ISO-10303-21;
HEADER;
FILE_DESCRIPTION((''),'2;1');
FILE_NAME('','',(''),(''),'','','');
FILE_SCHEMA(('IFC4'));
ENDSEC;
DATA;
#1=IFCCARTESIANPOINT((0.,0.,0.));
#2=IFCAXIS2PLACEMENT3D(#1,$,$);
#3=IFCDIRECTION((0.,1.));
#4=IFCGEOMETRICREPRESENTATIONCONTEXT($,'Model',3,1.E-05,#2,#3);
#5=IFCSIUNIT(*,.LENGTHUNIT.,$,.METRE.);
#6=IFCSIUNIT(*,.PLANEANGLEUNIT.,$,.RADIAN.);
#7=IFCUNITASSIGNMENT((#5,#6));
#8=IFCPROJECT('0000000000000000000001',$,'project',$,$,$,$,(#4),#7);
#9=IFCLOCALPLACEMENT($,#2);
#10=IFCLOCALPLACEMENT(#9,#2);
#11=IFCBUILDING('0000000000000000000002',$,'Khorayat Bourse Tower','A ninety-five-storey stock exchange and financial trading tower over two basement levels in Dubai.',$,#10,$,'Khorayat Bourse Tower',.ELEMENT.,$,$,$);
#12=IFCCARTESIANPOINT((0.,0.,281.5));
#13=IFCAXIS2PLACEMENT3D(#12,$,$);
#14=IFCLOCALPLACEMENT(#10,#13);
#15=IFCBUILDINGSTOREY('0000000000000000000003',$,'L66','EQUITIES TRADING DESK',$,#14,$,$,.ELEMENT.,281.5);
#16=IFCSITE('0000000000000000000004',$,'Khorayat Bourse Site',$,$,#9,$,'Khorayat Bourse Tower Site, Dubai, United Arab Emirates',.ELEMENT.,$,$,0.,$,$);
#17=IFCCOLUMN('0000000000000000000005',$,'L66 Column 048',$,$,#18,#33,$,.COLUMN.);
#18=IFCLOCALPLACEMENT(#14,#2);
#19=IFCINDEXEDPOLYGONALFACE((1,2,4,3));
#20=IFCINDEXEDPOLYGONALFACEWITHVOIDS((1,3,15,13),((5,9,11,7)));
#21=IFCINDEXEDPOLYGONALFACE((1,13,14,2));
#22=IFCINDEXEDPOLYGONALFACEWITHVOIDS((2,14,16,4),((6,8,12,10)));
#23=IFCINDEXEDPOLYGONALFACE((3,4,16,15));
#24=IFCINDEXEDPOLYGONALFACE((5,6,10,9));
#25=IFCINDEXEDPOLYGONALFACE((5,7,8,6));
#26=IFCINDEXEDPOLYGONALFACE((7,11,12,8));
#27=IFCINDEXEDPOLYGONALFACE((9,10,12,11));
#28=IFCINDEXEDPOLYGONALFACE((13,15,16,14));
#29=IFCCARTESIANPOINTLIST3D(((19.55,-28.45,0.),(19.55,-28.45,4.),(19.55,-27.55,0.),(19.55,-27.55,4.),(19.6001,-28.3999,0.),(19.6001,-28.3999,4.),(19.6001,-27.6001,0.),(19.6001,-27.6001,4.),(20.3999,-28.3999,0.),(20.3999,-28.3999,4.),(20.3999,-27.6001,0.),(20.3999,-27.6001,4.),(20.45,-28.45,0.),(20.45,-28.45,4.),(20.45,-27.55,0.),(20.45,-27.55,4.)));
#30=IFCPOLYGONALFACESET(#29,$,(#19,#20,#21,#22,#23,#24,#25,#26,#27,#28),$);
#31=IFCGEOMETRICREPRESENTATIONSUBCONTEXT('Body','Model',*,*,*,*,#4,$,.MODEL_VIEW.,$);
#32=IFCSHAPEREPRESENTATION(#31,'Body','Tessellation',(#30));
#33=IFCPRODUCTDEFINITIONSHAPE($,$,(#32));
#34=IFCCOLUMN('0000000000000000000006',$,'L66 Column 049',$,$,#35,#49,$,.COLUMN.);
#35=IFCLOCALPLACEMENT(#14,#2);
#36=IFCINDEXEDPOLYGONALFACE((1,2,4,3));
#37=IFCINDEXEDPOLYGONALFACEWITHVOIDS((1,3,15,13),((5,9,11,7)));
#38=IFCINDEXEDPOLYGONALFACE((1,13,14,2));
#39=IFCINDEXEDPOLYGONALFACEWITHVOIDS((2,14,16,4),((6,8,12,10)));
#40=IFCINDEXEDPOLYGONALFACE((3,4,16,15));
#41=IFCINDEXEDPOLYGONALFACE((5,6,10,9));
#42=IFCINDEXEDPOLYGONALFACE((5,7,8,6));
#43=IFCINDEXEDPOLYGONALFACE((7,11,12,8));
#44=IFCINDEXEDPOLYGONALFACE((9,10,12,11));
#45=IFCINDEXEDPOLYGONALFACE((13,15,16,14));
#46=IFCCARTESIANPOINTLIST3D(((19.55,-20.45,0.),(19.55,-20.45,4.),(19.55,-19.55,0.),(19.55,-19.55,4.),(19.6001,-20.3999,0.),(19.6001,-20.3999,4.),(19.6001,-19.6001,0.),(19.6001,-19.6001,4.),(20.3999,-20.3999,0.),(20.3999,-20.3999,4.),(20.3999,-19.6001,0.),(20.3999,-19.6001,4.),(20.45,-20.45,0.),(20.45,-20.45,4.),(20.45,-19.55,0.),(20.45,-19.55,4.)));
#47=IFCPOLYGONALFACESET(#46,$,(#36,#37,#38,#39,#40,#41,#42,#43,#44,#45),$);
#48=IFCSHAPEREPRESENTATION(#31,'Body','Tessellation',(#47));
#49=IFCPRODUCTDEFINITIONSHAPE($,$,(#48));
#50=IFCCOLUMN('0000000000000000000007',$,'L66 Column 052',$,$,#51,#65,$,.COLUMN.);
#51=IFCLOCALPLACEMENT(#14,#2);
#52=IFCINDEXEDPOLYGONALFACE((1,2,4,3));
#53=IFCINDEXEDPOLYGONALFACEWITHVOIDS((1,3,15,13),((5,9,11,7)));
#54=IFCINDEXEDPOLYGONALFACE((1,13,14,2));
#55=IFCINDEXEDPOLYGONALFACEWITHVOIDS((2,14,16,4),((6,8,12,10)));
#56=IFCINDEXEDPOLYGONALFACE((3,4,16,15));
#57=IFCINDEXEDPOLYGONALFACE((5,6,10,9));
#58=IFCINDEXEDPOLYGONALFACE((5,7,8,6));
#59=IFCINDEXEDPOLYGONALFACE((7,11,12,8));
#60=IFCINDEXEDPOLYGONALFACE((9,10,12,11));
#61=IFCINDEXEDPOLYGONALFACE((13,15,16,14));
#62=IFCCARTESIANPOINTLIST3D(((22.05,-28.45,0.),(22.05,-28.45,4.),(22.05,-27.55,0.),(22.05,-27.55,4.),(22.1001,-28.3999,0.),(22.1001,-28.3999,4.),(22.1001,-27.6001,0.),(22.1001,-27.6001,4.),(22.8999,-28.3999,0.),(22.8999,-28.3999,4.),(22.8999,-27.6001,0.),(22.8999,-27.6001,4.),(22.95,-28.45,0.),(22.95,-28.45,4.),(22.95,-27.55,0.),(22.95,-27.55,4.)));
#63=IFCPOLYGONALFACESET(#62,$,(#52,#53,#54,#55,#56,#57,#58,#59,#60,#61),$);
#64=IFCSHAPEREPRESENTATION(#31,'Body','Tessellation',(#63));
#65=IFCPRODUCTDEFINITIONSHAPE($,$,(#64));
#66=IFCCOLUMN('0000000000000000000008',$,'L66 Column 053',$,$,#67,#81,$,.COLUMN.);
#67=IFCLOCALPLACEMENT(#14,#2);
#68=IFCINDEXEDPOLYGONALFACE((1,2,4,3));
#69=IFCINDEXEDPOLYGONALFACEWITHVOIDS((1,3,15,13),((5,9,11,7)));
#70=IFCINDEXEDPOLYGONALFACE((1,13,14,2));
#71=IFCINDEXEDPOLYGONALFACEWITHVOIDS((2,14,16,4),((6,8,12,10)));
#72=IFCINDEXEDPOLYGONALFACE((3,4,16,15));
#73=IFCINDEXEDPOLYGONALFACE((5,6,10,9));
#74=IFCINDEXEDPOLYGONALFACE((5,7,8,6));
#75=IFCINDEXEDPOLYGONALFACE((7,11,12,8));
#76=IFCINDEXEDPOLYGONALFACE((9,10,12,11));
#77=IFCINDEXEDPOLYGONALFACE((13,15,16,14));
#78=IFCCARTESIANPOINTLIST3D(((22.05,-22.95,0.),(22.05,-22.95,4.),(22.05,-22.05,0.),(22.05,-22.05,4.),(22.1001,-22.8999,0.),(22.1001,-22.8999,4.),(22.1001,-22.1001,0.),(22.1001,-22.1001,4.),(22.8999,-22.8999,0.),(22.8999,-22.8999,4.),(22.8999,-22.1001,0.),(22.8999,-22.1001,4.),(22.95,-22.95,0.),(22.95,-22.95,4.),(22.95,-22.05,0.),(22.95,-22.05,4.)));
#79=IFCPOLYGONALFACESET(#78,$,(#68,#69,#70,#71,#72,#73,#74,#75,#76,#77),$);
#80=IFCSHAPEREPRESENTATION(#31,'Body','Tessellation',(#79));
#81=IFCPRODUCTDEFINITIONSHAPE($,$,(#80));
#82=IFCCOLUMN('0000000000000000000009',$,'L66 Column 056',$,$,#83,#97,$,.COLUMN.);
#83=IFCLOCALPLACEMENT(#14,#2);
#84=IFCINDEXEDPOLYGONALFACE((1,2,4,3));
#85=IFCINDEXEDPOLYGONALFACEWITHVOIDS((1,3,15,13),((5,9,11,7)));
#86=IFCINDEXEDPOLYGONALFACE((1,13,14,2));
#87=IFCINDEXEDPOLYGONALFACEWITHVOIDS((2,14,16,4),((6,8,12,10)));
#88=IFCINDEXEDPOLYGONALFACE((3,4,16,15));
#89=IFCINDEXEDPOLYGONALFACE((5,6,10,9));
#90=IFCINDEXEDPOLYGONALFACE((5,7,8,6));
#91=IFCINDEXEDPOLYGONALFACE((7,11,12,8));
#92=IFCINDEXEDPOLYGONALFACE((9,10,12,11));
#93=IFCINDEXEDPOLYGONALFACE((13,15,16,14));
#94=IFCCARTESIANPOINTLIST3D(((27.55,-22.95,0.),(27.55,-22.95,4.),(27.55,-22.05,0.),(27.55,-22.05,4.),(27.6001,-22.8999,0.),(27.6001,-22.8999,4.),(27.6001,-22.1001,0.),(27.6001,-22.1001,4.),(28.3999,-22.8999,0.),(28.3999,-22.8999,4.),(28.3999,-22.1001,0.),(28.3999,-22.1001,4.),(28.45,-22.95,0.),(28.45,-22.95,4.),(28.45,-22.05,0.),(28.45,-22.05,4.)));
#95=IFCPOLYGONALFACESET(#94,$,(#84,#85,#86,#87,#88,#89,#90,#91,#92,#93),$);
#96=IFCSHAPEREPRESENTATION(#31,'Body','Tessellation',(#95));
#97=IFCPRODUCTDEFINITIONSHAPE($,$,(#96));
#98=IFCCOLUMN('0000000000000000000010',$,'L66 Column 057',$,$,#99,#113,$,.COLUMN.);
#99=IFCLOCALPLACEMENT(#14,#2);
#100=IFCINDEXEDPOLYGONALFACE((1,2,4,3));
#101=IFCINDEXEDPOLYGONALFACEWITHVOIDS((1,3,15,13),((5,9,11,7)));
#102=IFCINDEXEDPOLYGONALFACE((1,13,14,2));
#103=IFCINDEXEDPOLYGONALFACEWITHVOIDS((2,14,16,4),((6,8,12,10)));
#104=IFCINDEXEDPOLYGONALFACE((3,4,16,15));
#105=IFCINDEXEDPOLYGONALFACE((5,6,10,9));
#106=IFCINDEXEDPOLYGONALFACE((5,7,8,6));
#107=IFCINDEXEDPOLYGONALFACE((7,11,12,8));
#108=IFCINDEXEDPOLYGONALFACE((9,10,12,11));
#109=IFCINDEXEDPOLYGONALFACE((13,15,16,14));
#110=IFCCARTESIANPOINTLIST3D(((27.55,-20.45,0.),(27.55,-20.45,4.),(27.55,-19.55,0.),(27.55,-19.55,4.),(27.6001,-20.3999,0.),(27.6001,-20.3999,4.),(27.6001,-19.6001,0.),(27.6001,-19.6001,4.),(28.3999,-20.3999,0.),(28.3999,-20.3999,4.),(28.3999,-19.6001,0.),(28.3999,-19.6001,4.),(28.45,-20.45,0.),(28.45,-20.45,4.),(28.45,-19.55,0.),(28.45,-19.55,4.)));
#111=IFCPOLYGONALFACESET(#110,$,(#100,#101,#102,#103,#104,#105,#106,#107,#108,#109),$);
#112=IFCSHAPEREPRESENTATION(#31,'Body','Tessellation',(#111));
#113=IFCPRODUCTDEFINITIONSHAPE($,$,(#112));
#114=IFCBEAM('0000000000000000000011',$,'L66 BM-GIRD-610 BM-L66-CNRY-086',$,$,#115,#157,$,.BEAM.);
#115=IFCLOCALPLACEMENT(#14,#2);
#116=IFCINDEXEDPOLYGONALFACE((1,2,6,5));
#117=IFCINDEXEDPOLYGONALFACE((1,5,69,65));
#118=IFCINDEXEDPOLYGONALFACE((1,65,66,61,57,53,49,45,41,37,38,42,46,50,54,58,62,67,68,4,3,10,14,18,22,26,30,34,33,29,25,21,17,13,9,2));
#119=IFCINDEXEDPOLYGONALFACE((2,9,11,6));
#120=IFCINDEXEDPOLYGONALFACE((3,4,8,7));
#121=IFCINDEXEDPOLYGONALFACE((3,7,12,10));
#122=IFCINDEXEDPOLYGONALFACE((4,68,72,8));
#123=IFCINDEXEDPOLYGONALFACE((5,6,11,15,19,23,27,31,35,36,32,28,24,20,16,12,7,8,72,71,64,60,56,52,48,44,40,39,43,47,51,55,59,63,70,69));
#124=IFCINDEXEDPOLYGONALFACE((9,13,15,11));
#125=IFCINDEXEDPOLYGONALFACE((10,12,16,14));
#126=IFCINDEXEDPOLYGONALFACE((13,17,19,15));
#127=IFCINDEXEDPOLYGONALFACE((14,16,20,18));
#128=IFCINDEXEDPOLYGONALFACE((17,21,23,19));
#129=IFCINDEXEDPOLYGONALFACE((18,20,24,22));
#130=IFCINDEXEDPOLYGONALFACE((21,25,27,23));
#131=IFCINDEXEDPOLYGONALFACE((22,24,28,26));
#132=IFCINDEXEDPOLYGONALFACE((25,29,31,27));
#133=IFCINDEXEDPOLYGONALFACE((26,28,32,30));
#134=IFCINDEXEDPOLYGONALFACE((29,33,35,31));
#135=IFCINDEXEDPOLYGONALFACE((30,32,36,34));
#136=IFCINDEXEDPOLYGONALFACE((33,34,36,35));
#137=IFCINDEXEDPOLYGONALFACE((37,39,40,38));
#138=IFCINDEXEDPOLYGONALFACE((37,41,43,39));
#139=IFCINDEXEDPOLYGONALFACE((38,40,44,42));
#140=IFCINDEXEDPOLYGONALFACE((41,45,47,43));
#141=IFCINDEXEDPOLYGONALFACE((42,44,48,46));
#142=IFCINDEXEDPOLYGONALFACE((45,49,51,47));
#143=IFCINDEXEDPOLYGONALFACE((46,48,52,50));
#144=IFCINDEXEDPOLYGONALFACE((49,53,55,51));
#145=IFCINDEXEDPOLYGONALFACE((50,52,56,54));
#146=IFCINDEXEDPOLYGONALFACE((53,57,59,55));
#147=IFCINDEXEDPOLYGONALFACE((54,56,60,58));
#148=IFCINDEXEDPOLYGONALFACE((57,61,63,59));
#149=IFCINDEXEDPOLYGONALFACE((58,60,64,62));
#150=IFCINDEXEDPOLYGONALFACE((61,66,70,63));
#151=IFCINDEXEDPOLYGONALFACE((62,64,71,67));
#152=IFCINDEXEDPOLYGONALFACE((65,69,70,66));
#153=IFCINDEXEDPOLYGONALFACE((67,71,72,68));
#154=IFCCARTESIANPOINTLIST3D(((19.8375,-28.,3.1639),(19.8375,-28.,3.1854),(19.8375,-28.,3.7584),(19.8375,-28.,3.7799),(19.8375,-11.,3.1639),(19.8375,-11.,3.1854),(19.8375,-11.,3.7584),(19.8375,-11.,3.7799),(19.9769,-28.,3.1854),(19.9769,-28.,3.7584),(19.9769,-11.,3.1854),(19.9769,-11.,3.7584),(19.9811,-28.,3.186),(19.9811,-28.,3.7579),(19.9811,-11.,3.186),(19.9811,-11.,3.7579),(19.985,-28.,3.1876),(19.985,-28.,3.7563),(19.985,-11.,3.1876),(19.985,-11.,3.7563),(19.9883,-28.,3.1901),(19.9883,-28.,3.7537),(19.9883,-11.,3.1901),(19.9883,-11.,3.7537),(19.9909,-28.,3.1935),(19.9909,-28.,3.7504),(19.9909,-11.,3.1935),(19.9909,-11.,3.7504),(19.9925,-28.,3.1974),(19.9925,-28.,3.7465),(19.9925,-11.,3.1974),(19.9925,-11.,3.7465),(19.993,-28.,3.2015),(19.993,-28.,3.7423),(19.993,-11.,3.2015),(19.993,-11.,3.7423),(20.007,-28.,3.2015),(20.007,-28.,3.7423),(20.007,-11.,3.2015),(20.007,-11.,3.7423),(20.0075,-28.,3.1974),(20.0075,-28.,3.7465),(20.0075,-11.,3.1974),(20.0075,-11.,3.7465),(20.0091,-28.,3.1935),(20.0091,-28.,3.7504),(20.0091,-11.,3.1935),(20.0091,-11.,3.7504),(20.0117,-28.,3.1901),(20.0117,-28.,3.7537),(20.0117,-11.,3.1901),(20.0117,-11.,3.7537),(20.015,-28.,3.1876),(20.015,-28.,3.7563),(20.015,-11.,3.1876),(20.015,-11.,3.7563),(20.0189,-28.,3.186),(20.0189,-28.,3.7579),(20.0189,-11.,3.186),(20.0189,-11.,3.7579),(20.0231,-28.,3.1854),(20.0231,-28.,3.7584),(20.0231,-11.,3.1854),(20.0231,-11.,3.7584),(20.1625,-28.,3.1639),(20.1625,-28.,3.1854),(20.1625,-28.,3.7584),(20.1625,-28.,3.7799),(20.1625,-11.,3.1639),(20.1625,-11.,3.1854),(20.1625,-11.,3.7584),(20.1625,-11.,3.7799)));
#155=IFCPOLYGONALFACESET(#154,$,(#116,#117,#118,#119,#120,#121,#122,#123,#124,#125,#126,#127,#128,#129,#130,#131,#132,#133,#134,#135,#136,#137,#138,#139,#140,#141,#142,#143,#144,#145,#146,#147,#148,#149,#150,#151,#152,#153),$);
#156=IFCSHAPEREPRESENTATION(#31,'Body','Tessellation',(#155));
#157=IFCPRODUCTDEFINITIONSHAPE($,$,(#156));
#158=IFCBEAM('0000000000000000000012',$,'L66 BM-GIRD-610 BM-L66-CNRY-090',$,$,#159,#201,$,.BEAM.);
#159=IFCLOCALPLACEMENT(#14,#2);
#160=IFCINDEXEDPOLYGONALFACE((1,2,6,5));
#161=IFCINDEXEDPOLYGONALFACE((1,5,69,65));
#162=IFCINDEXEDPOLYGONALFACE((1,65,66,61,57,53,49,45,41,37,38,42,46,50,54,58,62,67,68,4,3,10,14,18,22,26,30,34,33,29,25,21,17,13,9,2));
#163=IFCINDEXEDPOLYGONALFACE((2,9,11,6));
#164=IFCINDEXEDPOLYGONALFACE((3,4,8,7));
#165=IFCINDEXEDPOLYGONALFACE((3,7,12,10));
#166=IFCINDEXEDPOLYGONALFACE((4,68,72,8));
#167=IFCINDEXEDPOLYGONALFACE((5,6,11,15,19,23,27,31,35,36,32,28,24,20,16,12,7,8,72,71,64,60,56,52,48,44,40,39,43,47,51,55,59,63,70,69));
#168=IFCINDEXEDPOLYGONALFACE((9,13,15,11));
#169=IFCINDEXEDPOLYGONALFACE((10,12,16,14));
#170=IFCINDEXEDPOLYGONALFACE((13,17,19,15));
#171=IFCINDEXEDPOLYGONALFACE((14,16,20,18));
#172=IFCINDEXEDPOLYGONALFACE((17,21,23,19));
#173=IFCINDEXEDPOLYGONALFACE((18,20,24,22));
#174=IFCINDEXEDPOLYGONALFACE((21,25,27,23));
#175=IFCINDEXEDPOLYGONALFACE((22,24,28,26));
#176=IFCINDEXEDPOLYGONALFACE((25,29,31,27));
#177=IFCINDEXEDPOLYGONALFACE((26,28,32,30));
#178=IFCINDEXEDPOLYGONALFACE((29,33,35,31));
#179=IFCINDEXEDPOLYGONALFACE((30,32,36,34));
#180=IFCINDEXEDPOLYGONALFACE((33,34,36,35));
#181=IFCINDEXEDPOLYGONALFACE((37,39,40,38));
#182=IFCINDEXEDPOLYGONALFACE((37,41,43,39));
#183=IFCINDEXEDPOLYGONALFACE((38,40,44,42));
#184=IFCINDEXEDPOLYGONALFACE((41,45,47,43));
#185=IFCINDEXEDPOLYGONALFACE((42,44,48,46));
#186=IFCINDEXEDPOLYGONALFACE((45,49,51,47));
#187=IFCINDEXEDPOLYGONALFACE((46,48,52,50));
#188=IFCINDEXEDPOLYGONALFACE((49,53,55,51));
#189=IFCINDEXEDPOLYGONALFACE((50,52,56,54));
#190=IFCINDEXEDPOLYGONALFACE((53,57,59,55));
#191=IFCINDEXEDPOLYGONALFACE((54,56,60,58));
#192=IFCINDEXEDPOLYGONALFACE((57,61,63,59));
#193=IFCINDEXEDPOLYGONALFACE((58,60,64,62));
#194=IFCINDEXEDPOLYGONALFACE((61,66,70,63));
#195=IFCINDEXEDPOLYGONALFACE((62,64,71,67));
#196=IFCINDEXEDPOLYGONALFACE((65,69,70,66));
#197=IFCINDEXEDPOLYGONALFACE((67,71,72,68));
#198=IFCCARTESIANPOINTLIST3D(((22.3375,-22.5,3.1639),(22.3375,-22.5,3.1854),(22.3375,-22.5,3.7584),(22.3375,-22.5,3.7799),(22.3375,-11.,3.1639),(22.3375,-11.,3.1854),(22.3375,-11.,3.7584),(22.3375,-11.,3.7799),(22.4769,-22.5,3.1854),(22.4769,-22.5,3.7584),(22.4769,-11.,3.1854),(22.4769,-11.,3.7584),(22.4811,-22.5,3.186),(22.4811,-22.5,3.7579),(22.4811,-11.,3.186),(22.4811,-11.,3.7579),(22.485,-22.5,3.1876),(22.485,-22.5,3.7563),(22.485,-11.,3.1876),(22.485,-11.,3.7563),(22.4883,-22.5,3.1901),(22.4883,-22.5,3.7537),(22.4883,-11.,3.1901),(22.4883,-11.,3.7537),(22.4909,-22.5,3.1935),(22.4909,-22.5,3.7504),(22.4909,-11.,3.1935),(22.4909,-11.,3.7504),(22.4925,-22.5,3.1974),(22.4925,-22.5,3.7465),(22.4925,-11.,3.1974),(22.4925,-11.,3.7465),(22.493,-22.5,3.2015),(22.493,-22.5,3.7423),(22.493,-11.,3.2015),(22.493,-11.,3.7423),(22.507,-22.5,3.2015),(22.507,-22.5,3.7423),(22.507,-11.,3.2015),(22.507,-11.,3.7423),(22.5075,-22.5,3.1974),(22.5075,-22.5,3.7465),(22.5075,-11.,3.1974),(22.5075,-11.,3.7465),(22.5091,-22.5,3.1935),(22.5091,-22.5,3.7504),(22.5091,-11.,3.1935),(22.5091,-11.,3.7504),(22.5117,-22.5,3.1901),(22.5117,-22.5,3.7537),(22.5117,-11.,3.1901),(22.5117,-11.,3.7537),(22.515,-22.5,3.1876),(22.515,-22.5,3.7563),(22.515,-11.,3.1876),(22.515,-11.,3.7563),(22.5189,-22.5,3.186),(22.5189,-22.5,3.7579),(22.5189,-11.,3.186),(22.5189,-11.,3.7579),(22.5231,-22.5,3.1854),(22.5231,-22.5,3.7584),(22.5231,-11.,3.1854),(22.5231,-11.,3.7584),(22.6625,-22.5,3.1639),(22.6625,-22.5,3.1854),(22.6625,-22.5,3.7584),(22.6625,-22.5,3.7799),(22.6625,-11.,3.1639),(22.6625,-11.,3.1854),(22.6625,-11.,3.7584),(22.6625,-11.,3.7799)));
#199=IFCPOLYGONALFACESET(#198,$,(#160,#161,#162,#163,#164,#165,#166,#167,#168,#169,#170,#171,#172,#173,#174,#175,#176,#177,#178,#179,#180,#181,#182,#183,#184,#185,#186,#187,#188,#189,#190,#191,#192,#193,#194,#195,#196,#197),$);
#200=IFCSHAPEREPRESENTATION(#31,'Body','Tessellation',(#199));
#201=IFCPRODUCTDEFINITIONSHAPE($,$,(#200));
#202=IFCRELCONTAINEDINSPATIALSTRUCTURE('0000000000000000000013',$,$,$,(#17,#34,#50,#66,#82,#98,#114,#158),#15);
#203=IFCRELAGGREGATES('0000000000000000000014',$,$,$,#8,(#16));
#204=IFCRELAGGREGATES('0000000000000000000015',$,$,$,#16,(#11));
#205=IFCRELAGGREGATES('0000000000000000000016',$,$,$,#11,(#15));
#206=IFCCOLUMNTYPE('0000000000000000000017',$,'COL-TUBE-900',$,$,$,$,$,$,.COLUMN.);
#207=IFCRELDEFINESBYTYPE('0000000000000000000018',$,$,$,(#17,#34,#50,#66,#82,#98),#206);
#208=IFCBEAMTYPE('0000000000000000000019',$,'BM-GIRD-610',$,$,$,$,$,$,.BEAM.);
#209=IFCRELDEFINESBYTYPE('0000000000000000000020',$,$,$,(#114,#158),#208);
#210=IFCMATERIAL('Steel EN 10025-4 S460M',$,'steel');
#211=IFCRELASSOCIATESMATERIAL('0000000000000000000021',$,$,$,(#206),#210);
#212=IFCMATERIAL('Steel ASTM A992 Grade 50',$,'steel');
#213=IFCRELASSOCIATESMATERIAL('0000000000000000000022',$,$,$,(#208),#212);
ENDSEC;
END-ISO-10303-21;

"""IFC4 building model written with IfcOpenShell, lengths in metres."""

from ifc_helpers import new_model, si_unit, direction, frame, origin, origin_2d, place, context, subcontext, project, spatial, hollow_rectangle, i_section, extrude, source, transform, mapped, material, material_profile, profile_set, type_object, element, save


model = new_model("IFC4")

# Units and contexts
model_context = context("Model", 3, precision=1e-05, world=origin(), true_north=direction((0.0, 1.0)))
body_context = subcontext(model_context, "Body", "Model", "MODEL_VIEW")
ifc_project = project(units=[si_unit("LENGTHUNIT", "METRE"), si_unit("PLANEANGLEUNIT", "RADIAN")], contexts=[model_context])

# Site, building, storey
site_placement = place(None, origin())
site = spatial("IfcSite", under=ifc_project, at=site_placement, Name="Khorayat Bourse Site", LongName="Khorayat Bourse Tower Site, Dubai, United Arab Emirates", CompositionType="ELEMENT", RefElevation=0.0)
building_placement = place(site_placement, origin())
building = spatial("IfcBuilding", under=site, at=building_placement, Name="Khorayat Bourse Tower", Description="A ninety-five-storey stock exchange and financial trading tower over two basement levels in Dubai.", LongName="Khorayat Bourse Tower", CompositionType="ELEMENT")
storey_placement = place(building_placement, frame((0.0, 0.0, 281.5)))
storey = spatial("IfcBuildingStorey", under=building, at=storey_placement, Name="L66", Description="EQUITIES TRADING DESK", CompositionType="ELEMENT", Elevation=281.5)

# Columns
ifc_material_1 = material(Name="Steel EN 10025-4 S460M", Category="steel")
ifc_material_profile_1 = material_profile(ifc_material_1, hollow_rectangle(XDim=0.8999, YDim=0.8999, WallThickness=0.05, at=origin_2d()), Name="BOX 900x900x50")
ifc_profile_set_1 = profile_set([ifc_material_profile_1], Name="Steel EN 10025-4 S460M")
column_type = type_object("IfcColumnType", Name="COL-TUBE-900", PredefinedType="COLUMN", material=ifc_profile_set_1)
shared_shape_1 = source(origin(), body_context, "Body", "SweptSolid", [
    extrude(hollow_rectangle(XDim=0.8999, YDim=0.8999, WallThickness=0.05, at=origin_2d()), origin(), (0.0, 0.0, 1.0), 4.0),
])
for number, where, z_axis, x_axis, name in (
    (1, (20.0, -28.0, 0.0), (0.0, 0.0, 1.0), (1.0, 0.0, 0.0), "L66 Column 048"),
    (2, (20.0, -20.0, 0.0), (0.0, 0.0, 1.0), (1.0, 0.0, 0.0), "L66 Column 049"),
    (3, (22.5, -28.0, 0.0), (0.0, 0.0, 1.0), (1.0, 0.0, 0.0), "L66 Column 052"),
    (4, (22.5, -22.5, 0.0), (0.0, 0.0, 1.0), (1.0, 0.0, 0.0), "L66 Column 053"),
    (5, (28.0, -22.5, 0.0), (0.0, 0.0, 1.0), (1.0, 0.0, 0.0), "L66 Column 056"),
    (6, (28.0, -20.0, 0.0), (0.0, 0.0, 1.0), (1.0, 0.0, 0.0), "L66 Column 057"),
):
    element("IfcColumn", number, at=place(storey_placement, frame(where, z_axis=z_axis, x_axis=x_axis)), inside=storey, type_object=column_type, Name=name, PredefinedType="COLUMN", context=body_context, shape_type="MappedRepresentation", body=[
        mapped(shared_shape_1, transform((0.0, 0.0, 0.0), scale=1.0)),
    ])

# Beams
ifc_material_2 = material(Name="Steel ASTM A992 Grade 50", Category="steel")
ifc_material_profile_2 = material_profile(ifc_material_2, i_section(OverallWidth=0.325, OverallDepth=0.616, WebThickness=0.0139, FlangeThickness=0.0215, FilletRadius=0.0161, at=origin_2d()), Name="W610X174")
ifc_profile_set_2 = profile_set([ifc_material_profile_2], Name="Steel ASTM A992 Grade 50")
beam_type_1 = type_object("IfcBeamType", Name="BM-GIRD-610", PredefinedType="BEAM", material=ifc_profile_set_2)
shared_shape_2 = source(origin(), body_context, "Body", "SweptSolid", [
    extrude(i_section(OverallWidth=0.325, OverallDepth=0.616, WebThickness=0.0139, FlangeThickness=0.0215, FilletRadius=0.0161, at=origin_2d()), origin(), (0.0, 0.0, 1.0), 17.0),
])
beam_1_placement = place(storey_placement, frame((20.0, -28.0, 3.4719), z_axis=(0.0, 1.0, 0.0), x_axis=(-1.0, 0.0, 0.0)))
element("IfcBeam", 7, at=beam_1_placement, inside=storey, type_object=beam_type_1, Name="L66 BM-GIRD-610 BM-L66-CNRY-086", PredefinedType="BEAM", context=body_context, shape_type="MappedRepresentation", body=[
    mapped(shared_shape_2, transform((0.0, 0.0, 0.0), scale=1.0)),
])
shared_shape_3 = source(origin(), body_context, "Body", "SweptSolid", [
    extrude(i_section(OverallWidth=0.325, OverallDepth=0.616, WebThickness=0.0139, FlangeThickness=0.0215, FilletRadius=0.0161, at=origin_2d()), origin(), (0.0, 0.0, 1.0), 11.5),
])
beam_2_placement = place(storey_placement, frame((22.5, -22.5, 3.4719), z_axis=(0.0, 1.0, 0.0), x_axis=(-1.0, 0.0, 0.0)))
element("IfcBeam", 8, at=beam_2_placement, inside=storey, type_object=beam_type_1, Name="L66 BM-GIRD-610 BM-L66-CNRY-090", PredefinedType="BEAM", context=body_context, shape_type="MappedRepresentation", body=[
    mapped(shared_shape_3, transform((0.0, 0.0, 0.0), scale=1.0)),
])

save(model, "model.ifc")
